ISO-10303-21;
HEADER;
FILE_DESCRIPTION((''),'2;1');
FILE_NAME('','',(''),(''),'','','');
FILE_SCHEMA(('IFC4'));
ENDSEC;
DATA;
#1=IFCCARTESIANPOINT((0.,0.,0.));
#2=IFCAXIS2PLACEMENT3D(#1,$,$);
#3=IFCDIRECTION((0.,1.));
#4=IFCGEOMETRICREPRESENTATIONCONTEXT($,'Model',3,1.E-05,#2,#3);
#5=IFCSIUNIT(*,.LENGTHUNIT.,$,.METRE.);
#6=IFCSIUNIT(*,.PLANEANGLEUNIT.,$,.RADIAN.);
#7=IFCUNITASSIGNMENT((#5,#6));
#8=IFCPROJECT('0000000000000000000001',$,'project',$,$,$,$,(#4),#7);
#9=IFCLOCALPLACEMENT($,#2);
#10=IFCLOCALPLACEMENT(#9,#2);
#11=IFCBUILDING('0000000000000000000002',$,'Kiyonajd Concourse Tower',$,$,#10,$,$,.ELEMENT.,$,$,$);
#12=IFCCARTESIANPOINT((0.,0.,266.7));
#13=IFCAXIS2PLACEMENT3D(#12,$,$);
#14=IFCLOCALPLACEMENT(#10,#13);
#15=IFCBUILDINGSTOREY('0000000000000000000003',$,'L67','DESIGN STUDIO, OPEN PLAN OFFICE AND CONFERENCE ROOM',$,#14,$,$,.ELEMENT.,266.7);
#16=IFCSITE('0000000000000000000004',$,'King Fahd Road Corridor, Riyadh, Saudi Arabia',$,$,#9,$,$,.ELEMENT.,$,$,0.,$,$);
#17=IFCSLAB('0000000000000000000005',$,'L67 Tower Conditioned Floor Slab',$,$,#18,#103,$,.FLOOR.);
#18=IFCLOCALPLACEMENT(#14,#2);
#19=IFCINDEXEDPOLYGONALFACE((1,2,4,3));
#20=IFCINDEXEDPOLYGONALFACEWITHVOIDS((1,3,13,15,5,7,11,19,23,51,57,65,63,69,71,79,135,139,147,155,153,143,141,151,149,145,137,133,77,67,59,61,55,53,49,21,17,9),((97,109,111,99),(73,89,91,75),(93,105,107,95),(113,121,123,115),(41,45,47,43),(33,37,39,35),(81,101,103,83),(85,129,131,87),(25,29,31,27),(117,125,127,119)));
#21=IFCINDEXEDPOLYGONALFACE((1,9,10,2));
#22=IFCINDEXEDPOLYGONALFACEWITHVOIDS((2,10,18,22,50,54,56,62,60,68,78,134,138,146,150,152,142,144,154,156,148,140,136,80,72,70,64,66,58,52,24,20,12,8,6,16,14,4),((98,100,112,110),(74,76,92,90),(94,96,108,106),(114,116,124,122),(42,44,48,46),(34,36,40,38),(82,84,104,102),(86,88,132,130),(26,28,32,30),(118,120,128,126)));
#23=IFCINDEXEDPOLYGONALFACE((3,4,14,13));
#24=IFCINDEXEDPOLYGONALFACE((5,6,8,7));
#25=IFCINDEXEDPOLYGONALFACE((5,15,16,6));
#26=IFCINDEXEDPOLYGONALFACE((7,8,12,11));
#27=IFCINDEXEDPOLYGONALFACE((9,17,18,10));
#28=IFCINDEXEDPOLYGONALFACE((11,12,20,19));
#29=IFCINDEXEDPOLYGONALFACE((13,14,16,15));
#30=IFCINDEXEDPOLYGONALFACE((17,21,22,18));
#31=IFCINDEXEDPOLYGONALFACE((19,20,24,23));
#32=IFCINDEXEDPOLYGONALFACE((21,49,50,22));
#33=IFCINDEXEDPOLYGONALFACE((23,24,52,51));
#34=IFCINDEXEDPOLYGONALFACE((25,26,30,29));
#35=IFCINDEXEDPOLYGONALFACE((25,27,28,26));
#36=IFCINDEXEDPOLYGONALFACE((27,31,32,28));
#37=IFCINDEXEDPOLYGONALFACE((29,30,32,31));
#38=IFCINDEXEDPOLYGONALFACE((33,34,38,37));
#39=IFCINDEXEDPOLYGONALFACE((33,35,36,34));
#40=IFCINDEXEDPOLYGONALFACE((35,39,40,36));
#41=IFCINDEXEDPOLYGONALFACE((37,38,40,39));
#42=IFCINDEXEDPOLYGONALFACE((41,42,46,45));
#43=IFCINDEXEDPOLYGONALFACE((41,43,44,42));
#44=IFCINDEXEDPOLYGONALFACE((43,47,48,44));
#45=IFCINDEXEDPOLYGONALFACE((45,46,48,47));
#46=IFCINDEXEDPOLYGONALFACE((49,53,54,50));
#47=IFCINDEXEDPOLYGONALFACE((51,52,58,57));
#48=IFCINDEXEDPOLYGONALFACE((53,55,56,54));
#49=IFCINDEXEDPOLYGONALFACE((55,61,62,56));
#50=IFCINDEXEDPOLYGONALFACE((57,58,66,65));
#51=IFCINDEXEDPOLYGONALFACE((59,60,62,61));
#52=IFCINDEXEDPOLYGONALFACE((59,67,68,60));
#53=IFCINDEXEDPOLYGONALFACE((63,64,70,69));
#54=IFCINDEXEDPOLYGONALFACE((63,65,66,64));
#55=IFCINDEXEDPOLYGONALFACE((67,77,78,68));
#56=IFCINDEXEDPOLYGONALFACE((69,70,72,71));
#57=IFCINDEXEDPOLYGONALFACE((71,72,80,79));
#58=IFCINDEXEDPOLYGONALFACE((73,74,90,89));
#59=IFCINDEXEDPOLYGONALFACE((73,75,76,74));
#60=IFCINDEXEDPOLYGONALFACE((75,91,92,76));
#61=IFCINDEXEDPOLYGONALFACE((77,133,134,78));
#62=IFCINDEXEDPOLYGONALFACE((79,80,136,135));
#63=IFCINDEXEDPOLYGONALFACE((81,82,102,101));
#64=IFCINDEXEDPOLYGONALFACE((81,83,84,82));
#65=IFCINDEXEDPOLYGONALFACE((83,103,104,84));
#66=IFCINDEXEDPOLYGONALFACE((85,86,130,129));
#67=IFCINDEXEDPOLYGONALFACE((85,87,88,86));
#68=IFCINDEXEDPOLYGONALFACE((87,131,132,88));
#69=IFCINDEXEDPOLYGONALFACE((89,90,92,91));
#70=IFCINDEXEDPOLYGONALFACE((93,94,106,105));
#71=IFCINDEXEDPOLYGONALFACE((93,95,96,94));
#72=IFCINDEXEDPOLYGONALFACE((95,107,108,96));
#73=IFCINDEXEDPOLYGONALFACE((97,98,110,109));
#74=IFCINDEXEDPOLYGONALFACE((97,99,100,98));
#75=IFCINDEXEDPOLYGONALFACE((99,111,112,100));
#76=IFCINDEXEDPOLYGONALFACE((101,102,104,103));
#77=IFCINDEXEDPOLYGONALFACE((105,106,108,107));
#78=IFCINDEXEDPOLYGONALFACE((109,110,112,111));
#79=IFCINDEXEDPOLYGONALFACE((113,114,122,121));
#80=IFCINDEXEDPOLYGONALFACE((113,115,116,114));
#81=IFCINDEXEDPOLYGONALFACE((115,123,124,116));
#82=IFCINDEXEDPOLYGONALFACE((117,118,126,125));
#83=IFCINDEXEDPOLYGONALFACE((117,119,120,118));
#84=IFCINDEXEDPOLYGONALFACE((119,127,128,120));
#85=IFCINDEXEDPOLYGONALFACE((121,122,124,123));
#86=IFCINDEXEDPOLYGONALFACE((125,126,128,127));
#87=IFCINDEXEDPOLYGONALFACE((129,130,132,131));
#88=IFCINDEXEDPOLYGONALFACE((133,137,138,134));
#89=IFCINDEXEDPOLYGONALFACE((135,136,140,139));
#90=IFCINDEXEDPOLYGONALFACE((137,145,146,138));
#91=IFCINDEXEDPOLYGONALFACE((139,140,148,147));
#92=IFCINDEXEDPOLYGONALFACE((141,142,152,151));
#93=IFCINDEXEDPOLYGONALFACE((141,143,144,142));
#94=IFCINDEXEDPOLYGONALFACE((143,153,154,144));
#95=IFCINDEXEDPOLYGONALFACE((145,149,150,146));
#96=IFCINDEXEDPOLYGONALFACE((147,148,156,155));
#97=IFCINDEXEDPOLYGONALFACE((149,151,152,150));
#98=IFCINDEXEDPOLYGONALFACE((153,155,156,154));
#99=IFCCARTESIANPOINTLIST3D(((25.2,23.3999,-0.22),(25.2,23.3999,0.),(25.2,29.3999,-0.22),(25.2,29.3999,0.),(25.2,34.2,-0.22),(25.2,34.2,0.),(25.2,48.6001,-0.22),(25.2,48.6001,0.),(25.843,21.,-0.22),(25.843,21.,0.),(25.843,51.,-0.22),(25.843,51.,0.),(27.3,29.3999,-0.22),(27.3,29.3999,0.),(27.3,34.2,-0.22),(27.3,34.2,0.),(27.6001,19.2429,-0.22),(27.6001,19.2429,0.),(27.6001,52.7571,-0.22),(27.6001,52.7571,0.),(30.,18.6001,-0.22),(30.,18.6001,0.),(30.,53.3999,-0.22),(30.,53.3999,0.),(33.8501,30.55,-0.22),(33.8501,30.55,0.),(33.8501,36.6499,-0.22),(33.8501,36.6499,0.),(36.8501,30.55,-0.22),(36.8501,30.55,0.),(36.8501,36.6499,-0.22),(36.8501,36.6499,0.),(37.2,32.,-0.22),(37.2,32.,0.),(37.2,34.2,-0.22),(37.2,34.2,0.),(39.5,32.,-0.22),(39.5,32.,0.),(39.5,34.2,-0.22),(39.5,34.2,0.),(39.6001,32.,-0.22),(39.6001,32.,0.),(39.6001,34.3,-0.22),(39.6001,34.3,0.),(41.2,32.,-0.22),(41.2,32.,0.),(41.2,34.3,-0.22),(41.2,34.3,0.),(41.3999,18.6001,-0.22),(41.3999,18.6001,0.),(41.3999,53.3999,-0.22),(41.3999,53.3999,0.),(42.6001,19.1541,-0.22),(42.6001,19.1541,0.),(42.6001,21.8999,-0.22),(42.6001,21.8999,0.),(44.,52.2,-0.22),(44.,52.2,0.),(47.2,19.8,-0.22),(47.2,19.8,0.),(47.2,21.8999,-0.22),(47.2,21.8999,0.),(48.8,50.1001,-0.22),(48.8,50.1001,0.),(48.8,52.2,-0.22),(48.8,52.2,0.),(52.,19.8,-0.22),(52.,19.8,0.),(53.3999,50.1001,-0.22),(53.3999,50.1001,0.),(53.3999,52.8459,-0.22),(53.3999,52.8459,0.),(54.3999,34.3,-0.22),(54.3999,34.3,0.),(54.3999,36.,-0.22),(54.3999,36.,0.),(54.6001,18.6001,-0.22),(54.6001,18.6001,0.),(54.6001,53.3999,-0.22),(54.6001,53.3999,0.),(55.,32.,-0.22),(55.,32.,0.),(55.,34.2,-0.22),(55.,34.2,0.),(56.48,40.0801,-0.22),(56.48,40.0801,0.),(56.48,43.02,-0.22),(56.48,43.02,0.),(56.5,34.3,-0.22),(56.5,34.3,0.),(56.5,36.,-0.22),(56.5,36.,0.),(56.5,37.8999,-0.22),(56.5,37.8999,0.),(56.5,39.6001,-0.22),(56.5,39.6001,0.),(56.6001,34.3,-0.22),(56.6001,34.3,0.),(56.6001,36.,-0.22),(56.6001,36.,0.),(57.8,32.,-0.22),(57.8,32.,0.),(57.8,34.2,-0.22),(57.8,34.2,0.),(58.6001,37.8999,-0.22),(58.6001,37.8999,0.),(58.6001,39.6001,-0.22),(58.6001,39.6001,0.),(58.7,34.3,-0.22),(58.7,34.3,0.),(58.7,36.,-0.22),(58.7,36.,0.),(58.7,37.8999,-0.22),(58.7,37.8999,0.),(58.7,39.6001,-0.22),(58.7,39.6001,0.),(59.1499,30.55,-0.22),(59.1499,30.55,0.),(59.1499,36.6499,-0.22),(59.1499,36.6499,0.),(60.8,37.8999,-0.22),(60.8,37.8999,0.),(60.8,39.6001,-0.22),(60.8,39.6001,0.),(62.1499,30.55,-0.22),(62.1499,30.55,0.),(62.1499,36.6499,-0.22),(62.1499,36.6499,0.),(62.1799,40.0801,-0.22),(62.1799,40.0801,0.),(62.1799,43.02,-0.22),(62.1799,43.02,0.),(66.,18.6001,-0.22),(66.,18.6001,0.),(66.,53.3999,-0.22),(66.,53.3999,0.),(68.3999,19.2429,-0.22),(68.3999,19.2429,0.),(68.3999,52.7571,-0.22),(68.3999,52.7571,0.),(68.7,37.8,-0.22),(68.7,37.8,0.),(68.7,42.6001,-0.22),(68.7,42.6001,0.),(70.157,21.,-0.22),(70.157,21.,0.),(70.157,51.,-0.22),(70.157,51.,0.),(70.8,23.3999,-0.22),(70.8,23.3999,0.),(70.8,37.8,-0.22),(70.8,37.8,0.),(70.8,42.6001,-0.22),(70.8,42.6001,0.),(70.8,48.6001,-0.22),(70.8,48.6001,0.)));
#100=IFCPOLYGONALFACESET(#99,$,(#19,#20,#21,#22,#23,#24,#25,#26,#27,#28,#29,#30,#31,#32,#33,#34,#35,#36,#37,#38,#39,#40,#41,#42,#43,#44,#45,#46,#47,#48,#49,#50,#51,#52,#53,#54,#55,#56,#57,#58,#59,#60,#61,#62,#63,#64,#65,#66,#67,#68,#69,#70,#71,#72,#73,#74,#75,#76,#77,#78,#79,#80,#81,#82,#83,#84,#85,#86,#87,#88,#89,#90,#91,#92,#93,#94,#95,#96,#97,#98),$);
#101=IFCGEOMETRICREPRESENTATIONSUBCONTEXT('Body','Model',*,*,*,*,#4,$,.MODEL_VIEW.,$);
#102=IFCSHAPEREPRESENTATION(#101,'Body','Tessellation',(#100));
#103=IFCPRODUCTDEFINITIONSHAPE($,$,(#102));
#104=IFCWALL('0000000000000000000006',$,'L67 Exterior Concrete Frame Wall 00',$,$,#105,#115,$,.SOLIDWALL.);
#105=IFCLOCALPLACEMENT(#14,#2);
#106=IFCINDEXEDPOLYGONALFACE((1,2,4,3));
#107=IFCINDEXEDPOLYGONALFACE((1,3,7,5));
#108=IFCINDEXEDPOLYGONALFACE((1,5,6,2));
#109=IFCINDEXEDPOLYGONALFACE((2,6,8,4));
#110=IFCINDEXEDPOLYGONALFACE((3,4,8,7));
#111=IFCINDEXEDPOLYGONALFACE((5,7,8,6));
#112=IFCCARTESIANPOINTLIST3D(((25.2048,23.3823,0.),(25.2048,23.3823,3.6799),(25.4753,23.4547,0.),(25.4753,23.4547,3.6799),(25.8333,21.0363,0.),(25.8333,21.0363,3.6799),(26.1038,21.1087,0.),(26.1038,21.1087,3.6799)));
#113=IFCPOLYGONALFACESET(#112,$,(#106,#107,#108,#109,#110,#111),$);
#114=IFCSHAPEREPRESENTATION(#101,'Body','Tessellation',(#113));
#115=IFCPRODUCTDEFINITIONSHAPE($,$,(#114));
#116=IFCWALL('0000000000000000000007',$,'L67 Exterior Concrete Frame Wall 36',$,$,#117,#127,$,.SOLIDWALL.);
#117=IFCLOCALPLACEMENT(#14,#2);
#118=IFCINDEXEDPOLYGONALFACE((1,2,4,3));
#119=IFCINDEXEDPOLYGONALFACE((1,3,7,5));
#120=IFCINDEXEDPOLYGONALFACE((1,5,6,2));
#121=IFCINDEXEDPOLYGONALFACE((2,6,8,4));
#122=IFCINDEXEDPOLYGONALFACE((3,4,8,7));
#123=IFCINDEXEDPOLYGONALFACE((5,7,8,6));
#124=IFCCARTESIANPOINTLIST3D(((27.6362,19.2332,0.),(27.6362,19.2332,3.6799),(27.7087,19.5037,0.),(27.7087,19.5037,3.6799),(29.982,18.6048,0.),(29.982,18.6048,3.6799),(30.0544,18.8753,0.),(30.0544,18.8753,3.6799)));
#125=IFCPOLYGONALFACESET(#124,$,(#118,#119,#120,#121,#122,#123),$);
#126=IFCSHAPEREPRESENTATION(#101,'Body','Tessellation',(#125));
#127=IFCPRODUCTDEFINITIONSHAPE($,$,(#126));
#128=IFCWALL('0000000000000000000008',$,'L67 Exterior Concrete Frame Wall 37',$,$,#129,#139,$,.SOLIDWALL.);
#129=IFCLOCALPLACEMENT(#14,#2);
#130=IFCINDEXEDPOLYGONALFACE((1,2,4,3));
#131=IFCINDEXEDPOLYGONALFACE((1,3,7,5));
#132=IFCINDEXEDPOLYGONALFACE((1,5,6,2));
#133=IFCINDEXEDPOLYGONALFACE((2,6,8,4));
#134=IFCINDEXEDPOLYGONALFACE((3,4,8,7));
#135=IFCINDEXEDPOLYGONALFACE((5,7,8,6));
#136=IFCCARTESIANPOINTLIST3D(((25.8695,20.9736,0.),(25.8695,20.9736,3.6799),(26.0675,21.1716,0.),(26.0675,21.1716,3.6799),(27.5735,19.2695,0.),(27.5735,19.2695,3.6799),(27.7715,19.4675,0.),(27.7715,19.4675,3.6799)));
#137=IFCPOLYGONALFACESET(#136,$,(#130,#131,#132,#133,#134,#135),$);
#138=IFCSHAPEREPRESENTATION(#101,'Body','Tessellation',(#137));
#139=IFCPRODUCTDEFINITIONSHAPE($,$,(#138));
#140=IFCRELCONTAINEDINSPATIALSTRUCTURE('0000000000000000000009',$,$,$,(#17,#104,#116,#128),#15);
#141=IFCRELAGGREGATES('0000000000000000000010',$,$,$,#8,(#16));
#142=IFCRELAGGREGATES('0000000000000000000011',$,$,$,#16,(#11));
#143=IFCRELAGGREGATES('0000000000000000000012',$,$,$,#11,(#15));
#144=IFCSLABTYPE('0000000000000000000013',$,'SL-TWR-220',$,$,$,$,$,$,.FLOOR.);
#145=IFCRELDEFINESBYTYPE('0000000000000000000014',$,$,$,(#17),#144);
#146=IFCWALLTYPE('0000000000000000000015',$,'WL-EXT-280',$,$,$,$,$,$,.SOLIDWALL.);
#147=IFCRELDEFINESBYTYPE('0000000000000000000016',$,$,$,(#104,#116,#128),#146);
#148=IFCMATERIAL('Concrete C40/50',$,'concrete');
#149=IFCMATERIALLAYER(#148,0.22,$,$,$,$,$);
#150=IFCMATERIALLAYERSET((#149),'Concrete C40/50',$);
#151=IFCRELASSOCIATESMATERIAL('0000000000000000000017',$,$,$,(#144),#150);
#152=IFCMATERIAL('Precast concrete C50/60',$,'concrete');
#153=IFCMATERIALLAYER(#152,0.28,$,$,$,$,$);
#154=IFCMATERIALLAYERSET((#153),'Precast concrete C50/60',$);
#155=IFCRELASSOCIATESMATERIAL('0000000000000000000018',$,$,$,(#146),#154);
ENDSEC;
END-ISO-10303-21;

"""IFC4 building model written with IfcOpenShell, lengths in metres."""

from ifc_helpers import new_model, si_unit, direction, frame, frame_2d, origin, place, context, subcontext, project, spatial, polyline, rectangle, outline, extrude, material, layer, layer_set, type_object, element, save


model = new_model("IFC4")

# Units and contexts
model_context = context("Model", 3, precision=1e-05, world=origin(), true_north=direction((0.0, 1.0)))
body_context = subcontext(model_context, "Body", "Model", "MODEL_VIEW")
ifc_project = project(units=[si_unit("LENGTHUNIT", "METRE"), si_unit("PLANEANGLEUNIT", "RADIAN")], contexts=[model_context])

# Site, building, storey
site_placement = place(None, origin())
site = spatial("IfcSite", under=ifc_project, at=site_placement, Name="King Fahd Road Corridor, Riyadh, Saudi Arabia", CompositionType="ELEMENT", RefElevation=0.0)
building_placement = place(site_placement, origin())
building = spatial("IfcBuilding", under=site, at=building_placement, Name="Kiyonajd Concourse Tower", CompositionType="ELEMENT")
storey_placement = place(building_placement, frame((0.0, 0.0, 266.7)))
storey = spatial("IfcBuildingStorey", under=building, at=storey_placement, Name="L67", Description="DESIGN STUDIO, OPEN PLAN OFFICE AND CONFERENCE ROOM", CompositionType="ELEMENT", Elevation=266.7)

# Shared definitions
ifc_material_1 = material(Name="Concrete C40/50", Category="concrete")

# Slab
ifc_material_2 = material(Name="Precast concrete C50/60", Category="concrete")
ifc_layer_1 = layer(ifc_material_1, 0.22)
ifc_layer_set_1 = layer_set([ifc_layer_1], Name="Concrete C40/50")
slab_type_1 = type_object("IfcSlabType", Name="SL-TWR-220", PredefinedType="FLOOR", material=ifc_layer_set_1)
slab_1_placement = place(storey_placement, frame((0.0, 0.0, -0.22)))
element("IfcSlab", 1, at=slab_1_placement, inside=storey, type_object=slab_type_1, Name="L67 Tower Conditioned Floor Slab", PredefinedType="FLOOR", context=body_context, shape_type="SweptSolid", body=[
    extrude(outline(polyline([(25.843, 21.0), (25.2, 23.3999), (25.2, 29.3999), (27.3, 29.3999), (27.3, 34.2), (25.2, 34.2), (25.2, 48.6001), (25.843, 51.0), (27.6001, 52.7571), (30.0, 53.3999), (41.3999, 53.3999), (44.0, 52.2), (48.8, 52.2), (48.8, 50.1001), (53.3999, 50.1001), (53.3999, 52.8459), (54.6001, 53.3999), (66.0, 53.3999), (68.3999, 52.7571), (70.157, 51.0), (70.8, 48.6001), (70.8, 42.6001), (68.7, 42.6001), (68.7, 37.8), (70.8, 37.8), (70.8, 23.3999), (70.157, 21.0), (68.3999, 19.2429), (66.0, 18.6001), (54.6001, 18.6001), (52.0, 19.8), (47.2, 19.8), (47.2, 21.8999), (42.6001, 21.8999), (42.6001, 19.1541), (41.3999, 18.6001), (30.0, 18.6001), (27.6001, 19.2429), (25.843, 21.0)]), holes=[polyline([(39.5, 32.0), (37.2, 32.0), (37.2, 34.2), (39.5, 34.2), (39.5, 32.0)]), polyline([(57.8, 32.0), (55.0, 32.0), (55.0, 34.2), (57.8, 34.2), (57.8, 32.0)]), polyline([(41.2, 32.0), (39.6001, 32.0), (39.6001, 34.3), (41.2, 34.3), (41.2, 32.0)]), polyline([(33.8501, 30.55), (33.8501, 36.6499), (36.8501, 36.6499), (36.8501, 30.55), (33.8501, 30.55)]), polyline([(59.1499, 30.55), (59.1499, 36.6499), (62.1499, 36.6499), (62.1499, 30.55), (59.1499, 30.55)]), polyline([(56.5, 34.3), (54.3999, 34.3), (54.3999, 36.0), (56.5, 36.0), (56.5, 34.3)]), polyline([(58.7, 34.3), (56.6001, 34.3), (56.6001, 36.0), (58.7, 36.0), (58.7, 34.3)]), polyline([(58.6001, 37.8999), (56.5, 37.8999), (56.5, 39.6001), (58.6001, 39.6001), (58.6001, 37.8999)]), polyline([(58.7, 37.8999), (58.7, 39.6001), (60.8, 39.6001), (60.8, 37.8999), (58.7, 37.8999)]), polyline([(56.48, 43.02), (62.1799, 43.02), (62.1799, 40.0801), (56.48, 40.0801), (56.48, 43.02)])]), origin(), (0.0, 0.0, 1.0), 0.22),
])

# Walls
ifc_layer_2 = layer(ifc_material_2, 0.28)
ifc_layer_set_2 = layer_set([ifc_layer_2], Name="Precast concrete C50/60")
wall_type = type_object("IfcWallType", Name="WL-EXT-280", PredefinedType="SOLIDWALL", material=ifc_layer_set_2)
wall_1_placement = place(storey_placement, frame((25.9685, 21.0725, 0.0), z_axis=(0.0, 0.0, 1.0), x_axis=(-0.258751, 0.965944, 0.0)))
element("IfcWall", 2, at=wall_1_placement, inside=storey, type_object=wall_type, Name="L67 Exterior Concrete Frame Wall 00", PredefinedType="SOLIDWALL", context=body_context, shape_type="SweptSolid", body=[
    extrude(rectangle(XDim=2.4287, YDim=0.28, at=frame_2d((1.2144, 0.0))), origin(), (0.0, 0.0, 1.0), 3.6799),
])
wall_2_placement = place(storey_placement, frame((30.0183, 18.74, 0.0), z_axis=(0.0, 0.0, 1.0), x_axis=(-0.965937, 0.258776, 0.0)))
element("IfcWall", 3, at=wall_2_placement, inside=storey, type_object=wall_type, Name="L67 Exterior Concrete Frame Wall 36", PredefinedType="SOLIDWALL", context=body_context, shape_type="SweptSolid", body=[
    extrude(rectangle(XDim=2.4285, YDim=0.28, at=frame_2d((1.2144, 0.0))), origin(), (0.0, 0.0, 1.0), 3.6799),
])
wall_3_placement = place(storey_placement, frame((27.6726, 19.3684, 0.0), z_axis=(0.0, 0.0, 1.0), x_axis=(-0.707107, 0.707107, 0.0)))
element("IfcWall", 4, at=wall_3_placement, inside=storey, type_object=wall_type, Name="L67 Exterior Concrete Frame Wall 37", PredefinedType="SOLIDWALL", context=body_context, shape_type="SweptSolid", body=[
    extrude(rectangle(XDim=2.4099, YDim=0.28, at=frame_2d((1.2051, 0.0))), origin(), (0.0, 0.0, 1.0), 3.6799),
])

save(model, "model.ifc")
